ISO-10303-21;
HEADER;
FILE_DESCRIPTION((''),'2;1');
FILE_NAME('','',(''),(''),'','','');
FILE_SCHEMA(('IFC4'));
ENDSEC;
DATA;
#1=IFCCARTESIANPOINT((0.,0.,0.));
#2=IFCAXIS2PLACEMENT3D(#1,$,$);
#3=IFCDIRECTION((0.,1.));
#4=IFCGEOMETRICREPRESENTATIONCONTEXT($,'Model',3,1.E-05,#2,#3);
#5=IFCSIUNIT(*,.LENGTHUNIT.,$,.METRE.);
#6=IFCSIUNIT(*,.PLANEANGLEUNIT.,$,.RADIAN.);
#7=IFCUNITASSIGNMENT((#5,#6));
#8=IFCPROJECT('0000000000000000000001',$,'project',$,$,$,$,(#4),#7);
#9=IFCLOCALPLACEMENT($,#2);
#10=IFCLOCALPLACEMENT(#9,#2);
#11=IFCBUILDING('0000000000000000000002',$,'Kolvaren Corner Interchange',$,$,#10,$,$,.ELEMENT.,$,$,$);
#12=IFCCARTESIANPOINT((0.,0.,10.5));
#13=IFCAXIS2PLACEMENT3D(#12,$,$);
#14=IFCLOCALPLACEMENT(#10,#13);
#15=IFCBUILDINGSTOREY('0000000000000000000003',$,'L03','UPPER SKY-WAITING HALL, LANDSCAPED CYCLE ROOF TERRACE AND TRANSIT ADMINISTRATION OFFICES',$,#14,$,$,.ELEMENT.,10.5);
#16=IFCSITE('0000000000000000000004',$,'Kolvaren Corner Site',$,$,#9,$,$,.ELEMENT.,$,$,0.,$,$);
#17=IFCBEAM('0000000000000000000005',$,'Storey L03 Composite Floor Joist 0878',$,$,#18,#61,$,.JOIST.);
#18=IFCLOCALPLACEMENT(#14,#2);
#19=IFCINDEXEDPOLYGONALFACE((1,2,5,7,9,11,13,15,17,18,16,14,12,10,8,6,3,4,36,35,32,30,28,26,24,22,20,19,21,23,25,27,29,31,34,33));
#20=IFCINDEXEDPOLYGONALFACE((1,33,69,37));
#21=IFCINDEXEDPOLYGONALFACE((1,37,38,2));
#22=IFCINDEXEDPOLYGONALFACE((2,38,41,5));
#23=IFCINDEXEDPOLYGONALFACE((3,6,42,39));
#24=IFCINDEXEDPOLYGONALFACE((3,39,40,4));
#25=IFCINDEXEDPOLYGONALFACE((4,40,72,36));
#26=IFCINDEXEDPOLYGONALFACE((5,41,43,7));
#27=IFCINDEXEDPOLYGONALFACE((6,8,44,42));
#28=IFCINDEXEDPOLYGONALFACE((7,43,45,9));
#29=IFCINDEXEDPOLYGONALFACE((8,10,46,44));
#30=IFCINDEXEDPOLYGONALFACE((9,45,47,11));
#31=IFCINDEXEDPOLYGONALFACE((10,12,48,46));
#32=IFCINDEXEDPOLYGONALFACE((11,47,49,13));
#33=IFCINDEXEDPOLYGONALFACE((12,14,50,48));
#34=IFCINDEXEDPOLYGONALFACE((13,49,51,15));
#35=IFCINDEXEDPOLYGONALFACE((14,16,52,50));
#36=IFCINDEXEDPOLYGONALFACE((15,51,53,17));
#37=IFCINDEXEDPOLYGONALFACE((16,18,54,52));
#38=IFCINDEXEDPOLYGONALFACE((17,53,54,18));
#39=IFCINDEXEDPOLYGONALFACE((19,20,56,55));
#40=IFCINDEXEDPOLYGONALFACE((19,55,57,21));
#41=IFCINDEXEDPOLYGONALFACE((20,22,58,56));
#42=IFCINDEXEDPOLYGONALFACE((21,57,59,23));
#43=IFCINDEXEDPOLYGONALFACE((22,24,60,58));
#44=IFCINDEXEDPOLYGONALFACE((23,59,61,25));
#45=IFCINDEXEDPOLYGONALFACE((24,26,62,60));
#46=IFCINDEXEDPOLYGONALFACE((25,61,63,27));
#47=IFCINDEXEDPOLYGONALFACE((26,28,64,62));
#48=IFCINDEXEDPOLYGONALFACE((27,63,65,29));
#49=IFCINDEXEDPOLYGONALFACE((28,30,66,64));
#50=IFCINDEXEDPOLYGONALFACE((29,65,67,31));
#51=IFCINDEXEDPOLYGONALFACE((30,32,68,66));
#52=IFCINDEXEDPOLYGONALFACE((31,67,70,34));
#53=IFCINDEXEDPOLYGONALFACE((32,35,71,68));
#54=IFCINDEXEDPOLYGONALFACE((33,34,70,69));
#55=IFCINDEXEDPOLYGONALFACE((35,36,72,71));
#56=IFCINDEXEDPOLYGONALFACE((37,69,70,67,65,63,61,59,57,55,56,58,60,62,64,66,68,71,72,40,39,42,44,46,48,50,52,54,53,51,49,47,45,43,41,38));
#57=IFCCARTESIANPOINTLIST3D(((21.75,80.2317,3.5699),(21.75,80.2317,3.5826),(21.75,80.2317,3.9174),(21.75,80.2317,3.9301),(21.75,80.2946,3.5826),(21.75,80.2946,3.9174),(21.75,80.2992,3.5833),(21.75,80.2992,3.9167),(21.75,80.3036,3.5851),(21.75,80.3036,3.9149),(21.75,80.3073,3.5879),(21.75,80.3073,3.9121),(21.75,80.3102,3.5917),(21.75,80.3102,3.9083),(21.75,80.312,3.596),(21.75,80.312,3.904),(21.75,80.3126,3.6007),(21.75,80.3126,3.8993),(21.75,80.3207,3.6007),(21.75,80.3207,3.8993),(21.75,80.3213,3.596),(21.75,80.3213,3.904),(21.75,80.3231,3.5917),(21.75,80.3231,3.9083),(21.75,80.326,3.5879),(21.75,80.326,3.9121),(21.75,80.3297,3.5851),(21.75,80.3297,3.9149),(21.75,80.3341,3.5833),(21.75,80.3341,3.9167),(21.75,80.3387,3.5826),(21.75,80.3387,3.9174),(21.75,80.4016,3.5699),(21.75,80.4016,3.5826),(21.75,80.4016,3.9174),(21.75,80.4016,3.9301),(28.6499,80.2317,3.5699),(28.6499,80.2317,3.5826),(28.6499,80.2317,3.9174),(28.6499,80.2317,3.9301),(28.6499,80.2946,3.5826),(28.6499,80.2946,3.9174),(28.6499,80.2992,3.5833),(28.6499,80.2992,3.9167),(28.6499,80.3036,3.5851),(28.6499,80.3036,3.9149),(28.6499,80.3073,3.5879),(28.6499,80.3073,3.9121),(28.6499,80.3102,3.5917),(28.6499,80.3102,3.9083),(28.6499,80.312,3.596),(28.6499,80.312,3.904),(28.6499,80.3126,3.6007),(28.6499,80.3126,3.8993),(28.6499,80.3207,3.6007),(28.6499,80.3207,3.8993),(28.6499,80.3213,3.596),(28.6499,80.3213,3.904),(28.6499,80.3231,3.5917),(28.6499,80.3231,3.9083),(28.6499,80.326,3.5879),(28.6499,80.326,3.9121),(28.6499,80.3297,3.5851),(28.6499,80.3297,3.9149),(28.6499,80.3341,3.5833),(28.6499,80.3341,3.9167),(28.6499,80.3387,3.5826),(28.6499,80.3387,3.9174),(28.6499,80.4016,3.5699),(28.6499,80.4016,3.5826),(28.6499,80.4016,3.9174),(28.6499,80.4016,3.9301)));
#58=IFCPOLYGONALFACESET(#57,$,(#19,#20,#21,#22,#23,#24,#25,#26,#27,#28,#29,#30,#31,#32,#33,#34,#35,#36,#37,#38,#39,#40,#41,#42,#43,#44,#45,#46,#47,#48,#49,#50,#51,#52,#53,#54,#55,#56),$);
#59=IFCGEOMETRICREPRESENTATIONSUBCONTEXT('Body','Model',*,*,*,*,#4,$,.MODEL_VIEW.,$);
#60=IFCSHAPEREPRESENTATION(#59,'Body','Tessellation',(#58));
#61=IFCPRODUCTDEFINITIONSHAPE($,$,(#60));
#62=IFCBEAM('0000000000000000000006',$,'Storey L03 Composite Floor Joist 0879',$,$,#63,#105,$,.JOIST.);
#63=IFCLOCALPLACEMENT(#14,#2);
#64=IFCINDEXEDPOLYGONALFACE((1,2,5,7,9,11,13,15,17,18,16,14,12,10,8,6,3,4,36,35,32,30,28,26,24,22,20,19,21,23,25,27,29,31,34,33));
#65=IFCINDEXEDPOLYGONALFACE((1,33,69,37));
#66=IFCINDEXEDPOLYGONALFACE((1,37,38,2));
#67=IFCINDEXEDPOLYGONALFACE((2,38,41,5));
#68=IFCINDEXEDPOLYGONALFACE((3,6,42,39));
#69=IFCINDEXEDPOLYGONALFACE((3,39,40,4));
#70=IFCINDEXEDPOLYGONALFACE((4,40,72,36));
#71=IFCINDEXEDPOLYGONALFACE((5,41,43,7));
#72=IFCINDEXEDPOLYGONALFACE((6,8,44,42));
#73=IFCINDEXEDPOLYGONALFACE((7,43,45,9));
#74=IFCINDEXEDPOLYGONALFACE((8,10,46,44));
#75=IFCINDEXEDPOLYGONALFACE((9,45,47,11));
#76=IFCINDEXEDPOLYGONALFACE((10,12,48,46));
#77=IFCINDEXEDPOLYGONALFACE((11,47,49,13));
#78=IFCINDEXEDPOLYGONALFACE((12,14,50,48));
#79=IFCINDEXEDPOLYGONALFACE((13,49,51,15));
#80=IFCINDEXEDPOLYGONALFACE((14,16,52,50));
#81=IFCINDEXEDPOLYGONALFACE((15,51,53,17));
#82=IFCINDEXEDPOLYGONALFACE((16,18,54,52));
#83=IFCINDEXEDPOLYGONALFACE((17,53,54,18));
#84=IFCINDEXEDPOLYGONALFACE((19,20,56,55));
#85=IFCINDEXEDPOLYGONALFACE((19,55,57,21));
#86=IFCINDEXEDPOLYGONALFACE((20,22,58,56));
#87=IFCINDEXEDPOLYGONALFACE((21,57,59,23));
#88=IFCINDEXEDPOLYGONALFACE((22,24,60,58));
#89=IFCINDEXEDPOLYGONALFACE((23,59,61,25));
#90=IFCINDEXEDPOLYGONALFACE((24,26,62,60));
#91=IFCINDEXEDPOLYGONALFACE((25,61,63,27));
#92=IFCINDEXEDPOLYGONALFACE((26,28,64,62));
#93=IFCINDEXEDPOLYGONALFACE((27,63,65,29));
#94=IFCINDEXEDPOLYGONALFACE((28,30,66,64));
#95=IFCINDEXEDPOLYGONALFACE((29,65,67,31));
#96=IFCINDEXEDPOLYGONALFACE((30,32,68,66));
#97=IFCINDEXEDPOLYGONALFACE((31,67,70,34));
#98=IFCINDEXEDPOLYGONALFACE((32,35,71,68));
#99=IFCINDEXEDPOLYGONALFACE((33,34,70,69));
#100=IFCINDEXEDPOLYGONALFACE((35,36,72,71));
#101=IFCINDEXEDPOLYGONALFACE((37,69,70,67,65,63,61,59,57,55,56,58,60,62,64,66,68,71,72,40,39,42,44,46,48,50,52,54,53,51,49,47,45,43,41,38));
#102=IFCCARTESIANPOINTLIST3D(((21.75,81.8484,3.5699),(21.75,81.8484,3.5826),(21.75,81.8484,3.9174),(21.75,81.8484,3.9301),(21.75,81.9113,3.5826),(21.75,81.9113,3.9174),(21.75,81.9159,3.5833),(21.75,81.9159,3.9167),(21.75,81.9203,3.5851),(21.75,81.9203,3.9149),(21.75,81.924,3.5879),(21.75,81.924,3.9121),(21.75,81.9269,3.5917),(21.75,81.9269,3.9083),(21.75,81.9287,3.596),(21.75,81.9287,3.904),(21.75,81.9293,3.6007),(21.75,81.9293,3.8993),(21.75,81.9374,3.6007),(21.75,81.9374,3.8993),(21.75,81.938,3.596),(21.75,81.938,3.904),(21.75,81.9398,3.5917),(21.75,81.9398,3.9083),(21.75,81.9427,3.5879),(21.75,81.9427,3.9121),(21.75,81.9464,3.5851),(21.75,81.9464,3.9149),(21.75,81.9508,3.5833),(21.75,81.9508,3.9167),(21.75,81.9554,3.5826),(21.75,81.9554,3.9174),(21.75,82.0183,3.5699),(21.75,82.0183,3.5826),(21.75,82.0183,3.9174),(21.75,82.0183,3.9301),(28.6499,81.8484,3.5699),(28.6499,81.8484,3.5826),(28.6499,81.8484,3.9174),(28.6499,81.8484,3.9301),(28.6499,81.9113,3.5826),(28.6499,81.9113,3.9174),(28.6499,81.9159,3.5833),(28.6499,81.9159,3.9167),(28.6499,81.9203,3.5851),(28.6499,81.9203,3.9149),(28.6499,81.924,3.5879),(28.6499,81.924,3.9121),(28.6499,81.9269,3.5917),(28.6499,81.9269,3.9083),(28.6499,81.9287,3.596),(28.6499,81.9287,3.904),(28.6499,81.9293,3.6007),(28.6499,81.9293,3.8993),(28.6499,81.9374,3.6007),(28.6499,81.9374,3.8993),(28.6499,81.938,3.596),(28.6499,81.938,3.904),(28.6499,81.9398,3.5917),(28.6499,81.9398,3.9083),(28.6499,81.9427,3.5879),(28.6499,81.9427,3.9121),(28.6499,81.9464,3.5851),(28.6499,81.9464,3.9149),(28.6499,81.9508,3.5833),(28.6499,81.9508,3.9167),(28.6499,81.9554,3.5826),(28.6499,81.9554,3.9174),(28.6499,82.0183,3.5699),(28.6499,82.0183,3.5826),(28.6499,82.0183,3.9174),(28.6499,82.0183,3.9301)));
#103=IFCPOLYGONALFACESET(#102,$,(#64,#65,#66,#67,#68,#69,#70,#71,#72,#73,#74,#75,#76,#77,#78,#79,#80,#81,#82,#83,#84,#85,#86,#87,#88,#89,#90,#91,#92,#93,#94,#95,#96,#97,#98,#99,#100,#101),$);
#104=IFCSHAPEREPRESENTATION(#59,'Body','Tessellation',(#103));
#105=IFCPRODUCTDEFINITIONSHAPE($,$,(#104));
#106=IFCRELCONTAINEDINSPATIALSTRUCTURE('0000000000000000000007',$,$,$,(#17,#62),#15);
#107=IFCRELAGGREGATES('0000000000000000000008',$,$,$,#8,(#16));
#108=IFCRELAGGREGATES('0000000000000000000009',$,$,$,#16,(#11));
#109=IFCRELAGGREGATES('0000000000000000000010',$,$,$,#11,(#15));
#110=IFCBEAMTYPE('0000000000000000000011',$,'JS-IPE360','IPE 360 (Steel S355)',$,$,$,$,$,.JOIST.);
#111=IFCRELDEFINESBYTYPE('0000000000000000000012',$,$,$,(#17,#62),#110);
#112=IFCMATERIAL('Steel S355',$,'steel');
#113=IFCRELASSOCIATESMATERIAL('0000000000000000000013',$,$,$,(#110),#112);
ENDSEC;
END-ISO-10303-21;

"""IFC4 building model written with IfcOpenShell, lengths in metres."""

from ifc_helpers import new_model, si_unit, direction, frame, origin, origin_2d, place, context, subcontext, project, spatial, i_section, extrude, material, material_profile, profile_set, type_object, element, save


model = new_model("IFC4")

# Units and contexts
model_context = context("Model", 3, precision=1e-05, world=origin(), true_north=direction((0.0, 1.0)))
body_context = subcontext(model_context, "Body", "Model", "MODEL_VIEW")
ifc_project = project(units=[si_unit("LENGTHUNIT", "METRE"), si_unit("PLANEANGLEUNIT", "RADIAN")], contexts=[model_context])

# Site, building, storey
site_placement = place(None, origin())
site = spatial("IfcSite", under=ifc_project, at=site_placement, Name="Kolvaren Corner Site", CompositionType="ELEMENT", RefElevation=0.0)
building_placement = place(site_placement, origin())
building = spatial("IfcBuilding", under=site, at=building_placement, Name="Kolvaren Corner Interchange", CompositionType="ELEMENT")
storey_placement = place(building_placement, frame((0.0, 0.0, 10.5)))
storey = spatial("IfcBuildingStorey", under=building, at=storey_placement, Name="L03", Description="UPPER SKY-WAITING HALL, LANDSCAPED CYCLE ROOF TERRACE AND TRANSIT ADMINISTRATION OFFICES", CompositionType="ELEMENT", Elevation=10.5)

# Beams
ifc_material_1 = material(Name="Steel S355", Category="steel")
ifc_material_profile_1 = material_profile(ifc_material_1, i_section(OverallWidth=0.1699, OverallDepth=0.3601, WebThickness=0.0081, FlangeThickness=0.0127, FilletRadius=0.0181, at=origin_2d()), Name="IPE 360")
ifc_profile_set_1 = profile_set([ifc_material_profile_1], Name="Steel S355")
beam_type_1 = type_object("IfcBeamType", Name="JS-IPE360", Description="IPE 360 (Steel S355)", PredefinedType="JOIST", material=ifc_profile_set_1)
for number, where, z_axis, x_axis, name in (
    (1, (21.75, 80.3167, 3.75), (1.0, 0.0, 0.0), (0.0, 1.0, 0.0), "Storey L03 Composite Floor Joist 0878"),
    (2, (21.75, 81.9333, 3.75), (1.0, 0.0, 0.0), (0.0, 1.0, 0.0), "Storey L03 Composite Floor Joist 0879"),
):
    element("IfcBeam", number, at=place(storey_placement, frame(where, z_axis=z_axis, x_axis=x_axis)), inside=storey, type_object=beam_type_1, Name=name, PredefinedType="JOIST", context=body_context, shape_type="SweptSolid", body=[
        extrude(i_section(OverallWidth=0.1699, OverallDepth=0.3601, WebThickness=0.0081, FlangeThickness=0.0127, FilletRadius=0.0181, at=origin_2d()), origin(), (0.0, 0.0, 1.0), 6.8999),
    ])

save(model, "model.ifc")
